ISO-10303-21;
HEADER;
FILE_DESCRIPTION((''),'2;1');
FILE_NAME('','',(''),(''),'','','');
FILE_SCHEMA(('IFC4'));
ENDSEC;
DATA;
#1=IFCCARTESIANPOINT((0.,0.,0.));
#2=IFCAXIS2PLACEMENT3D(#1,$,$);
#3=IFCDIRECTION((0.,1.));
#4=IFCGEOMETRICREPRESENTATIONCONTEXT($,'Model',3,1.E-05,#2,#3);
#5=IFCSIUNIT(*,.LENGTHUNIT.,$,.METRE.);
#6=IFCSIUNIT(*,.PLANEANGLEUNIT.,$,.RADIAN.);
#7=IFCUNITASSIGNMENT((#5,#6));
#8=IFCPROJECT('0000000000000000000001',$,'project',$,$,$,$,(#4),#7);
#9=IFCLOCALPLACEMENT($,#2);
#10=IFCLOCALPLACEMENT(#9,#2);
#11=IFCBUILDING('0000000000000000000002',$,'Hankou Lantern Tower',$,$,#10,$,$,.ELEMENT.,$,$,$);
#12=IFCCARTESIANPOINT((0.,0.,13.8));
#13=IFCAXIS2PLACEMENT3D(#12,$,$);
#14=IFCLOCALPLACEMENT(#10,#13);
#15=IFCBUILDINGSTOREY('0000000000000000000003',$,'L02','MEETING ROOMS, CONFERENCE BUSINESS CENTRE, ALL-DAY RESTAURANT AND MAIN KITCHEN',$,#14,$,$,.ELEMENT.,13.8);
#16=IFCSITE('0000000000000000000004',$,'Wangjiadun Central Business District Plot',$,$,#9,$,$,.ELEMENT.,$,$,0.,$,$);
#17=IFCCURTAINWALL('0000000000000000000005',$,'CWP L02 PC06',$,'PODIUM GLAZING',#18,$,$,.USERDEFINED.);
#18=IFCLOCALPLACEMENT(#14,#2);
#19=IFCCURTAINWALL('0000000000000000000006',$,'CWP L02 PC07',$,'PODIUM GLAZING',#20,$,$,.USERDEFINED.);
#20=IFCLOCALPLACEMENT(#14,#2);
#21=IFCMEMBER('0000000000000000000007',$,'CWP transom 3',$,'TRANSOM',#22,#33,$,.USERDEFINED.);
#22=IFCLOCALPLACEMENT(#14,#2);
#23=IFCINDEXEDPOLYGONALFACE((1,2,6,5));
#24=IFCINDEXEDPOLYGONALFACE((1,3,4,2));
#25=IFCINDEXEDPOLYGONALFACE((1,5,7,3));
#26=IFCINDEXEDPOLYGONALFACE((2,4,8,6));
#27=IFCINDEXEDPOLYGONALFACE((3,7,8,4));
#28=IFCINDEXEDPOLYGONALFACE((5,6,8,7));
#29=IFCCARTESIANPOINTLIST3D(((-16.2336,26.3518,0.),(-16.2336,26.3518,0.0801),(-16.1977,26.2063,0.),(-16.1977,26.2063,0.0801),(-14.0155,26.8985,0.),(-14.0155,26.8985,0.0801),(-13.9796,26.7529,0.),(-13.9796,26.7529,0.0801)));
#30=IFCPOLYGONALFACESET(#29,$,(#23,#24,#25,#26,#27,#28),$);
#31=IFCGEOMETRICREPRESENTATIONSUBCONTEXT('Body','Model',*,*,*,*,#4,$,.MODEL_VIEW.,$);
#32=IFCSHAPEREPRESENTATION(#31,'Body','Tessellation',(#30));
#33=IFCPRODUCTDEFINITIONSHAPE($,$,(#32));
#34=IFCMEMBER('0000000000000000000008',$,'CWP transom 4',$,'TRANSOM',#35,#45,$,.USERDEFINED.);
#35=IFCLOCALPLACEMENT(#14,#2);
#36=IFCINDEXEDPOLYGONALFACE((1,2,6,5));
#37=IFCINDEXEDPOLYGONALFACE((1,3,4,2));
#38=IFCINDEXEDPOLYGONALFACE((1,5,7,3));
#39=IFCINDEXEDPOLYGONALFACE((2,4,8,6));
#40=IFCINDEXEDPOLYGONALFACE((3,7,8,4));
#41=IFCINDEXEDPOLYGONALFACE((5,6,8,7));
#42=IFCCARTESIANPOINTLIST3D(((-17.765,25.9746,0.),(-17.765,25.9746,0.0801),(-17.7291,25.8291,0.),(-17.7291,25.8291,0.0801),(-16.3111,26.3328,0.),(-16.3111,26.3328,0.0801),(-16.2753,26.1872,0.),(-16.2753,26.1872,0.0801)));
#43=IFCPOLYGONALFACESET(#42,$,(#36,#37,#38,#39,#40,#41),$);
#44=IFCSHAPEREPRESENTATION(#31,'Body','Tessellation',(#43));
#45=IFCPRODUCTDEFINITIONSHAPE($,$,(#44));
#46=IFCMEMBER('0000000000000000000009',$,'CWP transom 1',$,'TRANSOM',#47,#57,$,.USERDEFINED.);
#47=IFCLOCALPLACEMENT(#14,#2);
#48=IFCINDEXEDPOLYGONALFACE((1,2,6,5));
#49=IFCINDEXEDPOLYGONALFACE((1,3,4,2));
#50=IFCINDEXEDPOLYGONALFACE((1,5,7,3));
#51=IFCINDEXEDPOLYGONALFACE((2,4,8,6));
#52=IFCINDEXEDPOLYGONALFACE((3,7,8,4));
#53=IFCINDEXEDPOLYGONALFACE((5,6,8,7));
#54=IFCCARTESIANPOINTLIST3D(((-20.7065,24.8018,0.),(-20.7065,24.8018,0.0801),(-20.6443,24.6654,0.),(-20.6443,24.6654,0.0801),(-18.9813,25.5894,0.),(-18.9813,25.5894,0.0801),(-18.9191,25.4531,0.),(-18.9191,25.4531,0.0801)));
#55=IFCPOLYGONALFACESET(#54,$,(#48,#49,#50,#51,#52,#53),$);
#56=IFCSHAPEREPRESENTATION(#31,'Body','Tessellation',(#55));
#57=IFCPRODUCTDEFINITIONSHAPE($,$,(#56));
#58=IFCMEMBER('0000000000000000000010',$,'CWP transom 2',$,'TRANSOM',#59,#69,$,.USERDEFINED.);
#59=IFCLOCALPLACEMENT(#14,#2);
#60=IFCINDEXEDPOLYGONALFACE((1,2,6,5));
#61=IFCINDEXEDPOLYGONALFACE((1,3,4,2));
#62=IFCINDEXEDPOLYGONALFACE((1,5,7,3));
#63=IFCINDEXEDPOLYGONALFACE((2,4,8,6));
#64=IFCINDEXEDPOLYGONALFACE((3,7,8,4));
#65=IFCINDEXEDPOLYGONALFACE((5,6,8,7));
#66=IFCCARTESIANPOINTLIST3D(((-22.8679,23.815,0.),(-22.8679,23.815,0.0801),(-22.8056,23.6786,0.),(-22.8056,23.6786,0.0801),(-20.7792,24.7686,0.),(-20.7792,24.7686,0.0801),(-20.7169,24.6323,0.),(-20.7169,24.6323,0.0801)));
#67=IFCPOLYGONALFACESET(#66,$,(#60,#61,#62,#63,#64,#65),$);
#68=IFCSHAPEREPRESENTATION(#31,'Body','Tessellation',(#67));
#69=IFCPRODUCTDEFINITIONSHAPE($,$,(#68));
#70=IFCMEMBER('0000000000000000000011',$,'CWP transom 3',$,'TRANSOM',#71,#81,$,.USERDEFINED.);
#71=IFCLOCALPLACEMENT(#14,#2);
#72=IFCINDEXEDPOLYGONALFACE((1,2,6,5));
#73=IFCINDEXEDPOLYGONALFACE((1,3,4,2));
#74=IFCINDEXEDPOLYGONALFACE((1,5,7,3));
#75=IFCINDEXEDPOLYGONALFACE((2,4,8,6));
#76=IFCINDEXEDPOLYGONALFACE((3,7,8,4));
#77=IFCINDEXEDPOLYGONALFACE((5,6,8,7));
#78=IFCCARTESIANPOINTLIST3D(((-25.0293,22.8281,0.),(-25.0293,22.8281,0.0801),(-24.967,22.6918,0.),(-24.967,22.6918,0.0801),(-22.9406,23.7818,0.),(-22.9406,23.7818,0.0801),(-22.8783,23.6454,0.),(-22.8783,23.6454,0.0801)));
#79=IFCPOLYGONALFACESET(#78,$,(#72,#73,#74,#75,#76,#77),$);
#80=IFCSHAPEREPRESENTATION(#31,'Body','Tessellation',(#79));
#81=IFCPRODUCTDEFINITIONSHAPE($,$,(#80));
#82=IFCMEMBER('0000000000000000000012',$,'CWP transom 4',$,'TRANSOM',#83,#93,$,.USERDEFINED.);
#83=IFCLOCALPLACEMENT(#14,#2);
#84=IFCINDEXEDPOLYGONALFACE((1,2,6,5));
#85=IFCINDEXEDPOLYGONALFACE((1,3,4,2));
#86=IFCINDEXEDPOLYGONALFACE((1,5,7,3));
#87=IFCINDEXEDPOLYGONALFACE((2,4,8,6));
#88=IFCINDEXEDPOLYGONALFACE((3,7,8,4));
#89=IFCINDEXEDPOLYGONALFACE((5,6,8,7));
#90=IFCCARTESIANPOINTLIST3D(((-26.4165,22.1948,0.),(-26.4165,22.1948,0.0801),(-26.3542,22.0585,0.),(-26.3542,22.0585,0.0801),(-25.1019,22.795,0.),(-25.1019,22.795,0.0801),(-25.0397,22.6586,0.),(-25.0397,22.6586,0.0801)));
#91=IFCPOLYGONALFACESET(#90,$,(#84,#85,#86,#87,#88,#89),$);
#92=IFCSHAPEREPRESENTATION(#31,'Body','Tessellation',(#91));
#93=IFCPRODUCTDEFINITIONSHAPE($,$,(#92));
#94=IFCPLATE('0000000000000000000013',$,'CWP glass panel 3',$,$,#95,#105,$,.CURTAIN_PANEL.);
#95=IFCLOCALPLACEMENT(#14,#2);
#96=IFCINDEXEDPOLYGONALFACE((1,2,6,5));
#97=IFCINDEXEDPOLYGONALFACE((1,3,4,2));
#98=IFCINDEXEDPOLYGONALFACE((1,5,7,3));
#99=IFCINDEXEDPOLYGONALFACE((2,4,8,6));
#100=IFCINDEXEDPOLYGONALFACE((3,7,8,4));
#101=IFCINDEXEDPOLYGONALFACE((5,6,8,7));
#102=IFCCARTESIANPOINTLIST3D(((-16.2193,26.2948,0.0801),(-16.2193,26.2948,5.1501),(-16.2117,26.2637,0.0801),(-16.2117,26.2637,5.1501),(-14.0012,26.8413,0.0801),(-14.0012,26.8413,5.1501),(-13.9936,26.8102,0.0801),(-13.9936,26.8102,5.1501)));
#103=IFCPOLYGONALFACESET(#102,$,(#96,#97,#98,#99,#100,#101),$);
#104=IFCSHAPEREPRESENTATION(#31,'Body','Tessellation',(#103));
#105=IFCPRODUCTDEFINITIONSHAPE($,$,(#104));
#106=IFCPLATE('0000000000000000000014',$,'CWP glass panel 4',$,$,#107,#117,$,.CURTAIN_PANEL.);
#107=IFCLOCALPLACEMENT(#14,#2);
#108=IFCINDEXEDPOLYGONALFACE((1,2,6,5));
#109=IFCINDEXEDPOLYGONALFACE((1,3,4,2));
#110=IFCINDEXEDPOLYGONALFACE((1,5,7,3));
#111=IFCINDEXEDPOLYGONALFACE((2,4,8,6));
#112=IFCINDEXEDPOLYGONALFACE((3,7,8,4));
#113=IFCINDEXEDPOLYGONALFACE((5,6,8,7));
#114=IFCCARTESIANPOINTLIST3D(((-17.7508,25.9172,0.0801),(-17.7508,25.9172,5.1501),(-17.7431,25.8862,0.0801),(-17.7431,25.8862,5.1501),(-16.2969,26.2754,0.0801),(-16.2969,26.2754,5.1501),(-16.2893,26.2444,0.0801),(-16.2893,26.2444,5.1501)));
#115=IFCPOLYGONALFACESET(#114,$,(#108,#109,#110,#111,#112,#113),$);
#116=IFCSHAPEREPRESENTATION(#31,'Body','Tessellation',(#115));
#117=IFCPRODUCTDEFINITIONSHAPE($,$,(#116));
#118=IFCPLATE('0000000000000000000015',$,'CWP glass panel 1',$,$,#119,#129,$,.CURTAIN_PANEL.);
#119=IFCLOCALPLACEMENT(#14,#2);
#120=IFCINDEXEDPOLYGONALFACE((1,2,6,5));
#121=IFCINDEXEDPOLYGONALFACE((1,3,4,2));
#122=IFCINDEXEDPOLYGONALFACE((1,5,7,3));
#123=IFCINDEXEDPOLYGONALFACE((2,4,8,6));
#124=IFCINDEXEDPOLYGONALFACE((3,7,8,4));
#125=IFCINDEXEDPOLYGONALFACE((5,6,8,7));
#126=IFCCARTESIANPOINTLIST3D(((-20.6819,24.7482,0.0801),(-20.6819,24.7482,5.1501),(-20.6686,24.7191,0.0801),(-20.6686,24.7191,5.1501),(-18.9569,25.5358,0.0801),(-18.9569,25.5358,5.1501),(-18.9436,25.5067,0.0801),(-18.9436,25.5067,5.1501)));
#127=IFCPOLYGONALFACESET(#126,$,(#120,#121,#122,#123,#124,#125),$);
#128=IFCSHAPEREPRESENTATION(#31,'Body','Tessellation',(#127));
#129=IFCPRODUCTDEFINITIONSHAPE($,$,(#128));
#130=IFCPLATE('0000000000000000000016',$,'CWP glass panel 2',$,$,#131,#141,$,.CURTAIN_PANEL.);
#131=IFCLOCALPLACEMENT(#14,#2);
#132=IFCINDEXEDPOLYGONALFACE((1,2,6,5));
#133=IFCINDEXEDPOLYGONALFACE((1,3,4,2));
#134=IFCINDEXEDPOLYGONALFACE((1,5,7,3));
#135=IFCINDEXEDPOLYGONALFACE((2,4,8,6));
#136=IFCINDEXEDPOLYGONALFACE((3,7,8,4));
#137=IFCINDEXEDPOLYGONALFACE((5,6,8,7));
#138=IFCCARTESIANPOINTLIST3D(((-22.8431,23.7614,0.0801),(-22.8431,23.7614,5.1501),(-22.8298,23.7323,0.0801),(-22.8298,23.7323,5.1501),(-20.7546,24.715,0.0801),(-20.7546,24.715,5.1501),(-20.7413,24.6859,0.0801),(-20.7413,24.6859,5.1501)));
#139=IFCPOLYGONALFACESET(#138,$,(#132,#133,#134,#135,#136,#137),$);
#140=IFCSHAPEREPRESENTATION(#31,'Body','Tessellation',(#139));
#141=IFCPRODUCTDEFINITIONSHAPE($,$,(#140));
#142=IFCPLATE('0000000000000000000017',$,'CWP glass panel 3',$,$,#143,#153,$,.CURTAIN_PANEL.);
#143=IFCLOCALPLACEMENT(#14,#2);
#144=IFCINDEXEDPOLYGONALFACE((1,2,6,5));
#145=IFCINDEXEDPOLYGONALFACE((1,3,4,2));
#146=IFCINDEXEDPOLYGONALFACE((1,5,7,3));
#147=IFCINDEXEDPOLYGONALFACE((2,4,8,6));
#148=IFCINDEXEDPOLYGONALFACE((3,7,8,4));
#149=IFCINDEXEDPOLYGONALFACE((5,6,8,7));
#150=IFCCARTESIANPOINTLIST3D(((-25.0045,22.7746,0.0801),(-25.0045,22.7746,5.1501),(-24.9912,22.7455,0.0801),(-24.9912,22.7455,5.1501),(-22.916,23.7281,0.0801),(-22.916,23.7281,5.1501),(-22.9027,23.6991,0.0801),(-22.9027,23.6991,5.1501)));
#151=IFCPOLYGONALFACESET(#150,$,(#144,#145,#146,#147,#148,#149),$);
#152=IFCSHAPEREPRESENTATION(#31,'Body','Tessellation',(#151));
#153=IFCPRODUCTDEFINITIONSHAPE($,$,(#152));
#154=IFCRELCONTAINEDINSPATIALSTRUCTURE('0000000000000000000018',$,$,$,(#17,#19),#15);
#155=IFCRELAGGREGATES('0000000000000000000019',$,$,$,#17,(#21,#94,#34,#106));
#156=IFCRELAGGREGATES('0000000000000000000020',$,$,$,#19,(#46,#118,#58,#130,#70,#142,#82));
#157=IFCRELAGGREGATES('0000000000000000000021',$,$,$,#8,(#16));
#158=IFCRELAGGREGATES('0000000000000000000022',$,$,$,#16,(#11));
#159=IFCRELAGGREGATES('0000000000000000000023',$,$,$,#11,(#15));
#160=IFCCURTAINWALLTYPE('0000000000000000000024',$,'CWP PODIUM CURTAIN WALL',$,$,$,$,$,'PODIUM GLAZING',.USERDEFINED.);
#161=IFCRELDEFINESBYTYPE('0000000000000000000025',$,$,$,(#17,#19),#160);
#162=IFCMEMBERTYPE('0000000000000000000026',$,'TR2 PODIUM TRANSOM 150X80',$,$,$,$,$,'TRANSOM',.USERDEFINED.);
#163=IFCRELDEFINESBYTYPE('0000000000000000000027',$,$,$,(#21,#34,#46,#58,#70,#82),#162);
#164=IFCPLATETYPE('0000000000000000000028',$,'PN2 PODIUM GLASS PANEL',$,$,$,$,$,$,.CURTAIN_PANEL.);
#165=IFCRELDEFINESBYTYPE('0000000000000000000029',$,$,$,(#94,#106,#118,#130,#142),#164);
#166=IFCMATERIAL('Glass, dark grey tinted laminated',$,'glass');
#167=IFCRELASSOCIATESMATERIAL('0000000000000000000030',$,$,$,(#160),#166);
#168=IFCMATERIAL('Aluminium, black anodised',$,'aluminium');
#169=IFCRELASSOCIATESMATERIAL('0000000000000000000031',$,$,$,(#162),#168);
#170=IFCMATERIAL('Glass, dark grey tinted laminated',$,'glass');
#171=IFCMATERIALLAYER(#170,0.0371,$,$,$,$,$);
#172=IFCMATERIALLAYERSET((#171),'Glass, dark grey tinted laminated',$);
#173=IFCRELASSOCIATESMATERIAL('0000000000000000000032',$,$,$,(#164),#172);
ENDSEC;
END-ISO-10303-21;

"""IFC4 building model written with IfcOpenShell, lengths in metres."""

from ifc_helpers import new_model, si_unit, direction, frame, origin, origin_2d, place, context, subcontext, project, spatial, rectangle, extrude, material, layer, layer_set, material_profile, profile_set, type_object, element, aggregate, save


model = new_model("IFC4")

# Units and contexts
model_context = context("Model", 3, precision=1e-05, world=origin(), true_north=direction((0.0, 1.0)))
body_context = subcontext(model_context, "Body", "Model", "MODEL_VIEW")
ifc_project = project(units=[si_unit("LENGTHUNIT", "METRE"), si_unit("PLANEANGLEUNIT", "RADIAN")], contexts=[model_context])

# Site, building, storey
site_placement = place(None, origin())
site = spatial("IfcSite", under=ifc_project, at=site_placement, Name="Wangjiadun Central Business District Plot", CompositionType="ELEMENT", RefElevation=0.0)
building_placement = place(site_placement, origin())
building = spatial("IfcBuilding", under=site, at=building_placement, Name="Hankou Lantern Tower", CompositionType="ELEMENT")
storey_placement = place(building_placement, frame((0.0, 0.0, 13.8)))
storey = spatial("IfcBuildingStorey", under=building, at=storey_placement, Name="L02", Description="MEETING ROOMS, CONFERENCE BUSINESS CENTRE, ALL-DAY RESTAURANT AND MAIN KITCHEN", CompositionType="ELEMENT", Elevation=13.8)

# Curtain walls
ifc_material_1 = material(Name="Glass, dark grey tinted laminated", Category="glass")
curtain_wall_type = type_object("IfcCurtainWallType", Name="CWP PODIUM CURTAIN WALL", ElementType="PODIUM GLAZING", PredefinedType="USERDEFINED", material=ifc_material_1)
curtain_wall_1_placement = place(storey_placement, origin())
curtain_wall_1 = element("IfcCurtainWall", 1, at=curtain_wall_1_placement, inside=storey, type_object=curtain_wall_type, Name="CWP L02 PC06", ObjectType="PODIUM GLAZING", PredefinedType="USERDEFINED")
curtain_wall_2_placement = place(storey_placement, origin())
curtain_wall_2 = element("IfcCurtainWall", 2, at=curtain_wall_2_placement, inside=storey, type_object=curtain_wall_type, Name="CWP L02 PC07", ObjectType="PODIUM GLAZING", PredefinedType="USERDEFINED")

# Members
ifc_material_2 = material(Name="Aluminium, black anodised", Category="aluminium")
ifc_material_profile_1 = material_profile(ifc_material_2, rectangle(XDim=0.1499, YDim=0.0801, at=origin_2d()), Name="TR2 150X80")
ifc_profile_set_1 = profile_set([ifc_material_profile_1], Name="Aluminium, black anodised")
member_type_1 = type_object("IfcMemberType", Name="TR2 PODIUM TRANSOM 150X80", ElementType="TRANSOM", PredefinedType="USERDEFINED", material=ifc_profile_set_1)
member_1_placement = place(storey_placement, frame((-13.9976, 26.8257, 0.04), z_axis=(-0.970948, -0.23929, 0.0), x_axis=(0.23929, -0.970948, 0.0)))
member_1 = element("IfcMember", 3, at=member_1_placement, type_object=member_type_1, Name="CWP transom 3", ObjectType="TRANSOM", PredefinedType="USERDEFINED", context=body_context, shape_type="SweptSolid", body=[
    extrude(rectangle(XDim=0.1499, YDim=0.0801, at=origin_2d()), origin(), (0.0, 0.0, 1.0), 2.2844),
])
member_2_placement = place(storey_placement, frame((-16.2932, 26.26, 0.04), z_axis=(-0.970971, -0.239196, 0.0), x_axis=(0.239196, -0.970971, 0.0)))
member_2 = element("IfcMember", 4, at=member_2_placement, type_object=member_type_1, Name="CWP transom 4", ObjectType="TRANSOM", PredefinedType="USERDEFINED", context=body_context, shape_type="SweptSolid", body=[
    extrude(rectangle(XDim=0.1499, YDim=0.0801, at=origin_2d()), origin(), (0.0, 0.0, 1.0), 1.4973),
])
member_3_placement = place(storey_placement, frame((-18.9502, 25.5212, 0.04), z_axis=(-0.909677, -0.415316, 0.0), x_axis=(0.415316, -0.909677, 0.0)))
member_3 = element("IfcMember", 5, at=member_3_placement, type_object=member_type_1, Name="CWP transom 1", ObjectType="TRANSOM", PredefinedType="USERDEFINED", context=body_context, shape_type="SweptSolid", body=[
    extrude(rectangle(XDim=0.1499, YDim=0.0801, at=origin_2d()), origin(), (0.0, 0.0, 1.0), 1.8965),
])
member_4_placement = place(storey_placement, frame((-20.748, 24.7004, 0.04), z_axis=(-0.90967, -0.415333, 0.0), x_axis=(0.415333, -0.90967, 0.0)))
member_4 = element("IfcMember", 6, at=member_4_placement, type_object=member_type_1, Name="CWP transom 2", ObjectType="TRANSOM", PredefinedType="USERDEFINED", context=body_context, shape_type="SweptSolid", body=[
    extrude(rectangle(XDim=0.1499, YDim=0.0801, at=origin_2d()), origin(), (0.0, 0.0, 1.0), 2.2961),
])
member_5_placement = place(storey_placement, frame((-22.9094, 23.7136, 0.04), z_axis=(-0.90967, -0.415333, 0.0), x_axis=(0.415333, -0.90967, 0.0)))
member_5 = element("IfcMember", 7, at=member_5_placement, type_object=member_type_1, Name="CWP transom 3", ObjectType="TRANSOM", PredefinedType="USERDEFINED", context=body_context, shape_type="SweptSolid", body=[
    extrude(rectangle(XDim=0.1499, YDim=0.0801, at=origin_2d()), origin(), (0.0, 0.0, 1.0), 2.2961),
])
member_6_placement = place(storey_placement, frame((-25.0708, 22.7268, 0.04), z_axis=(-0.909682, -0.415305, 0.0), x_axis=(0.415305, -0.909682, 0.0)))
member_6 = element("IfcMember", 8, at=member_6_placement, type_object=member_type_1, Name="CWP transom 4", ObjectType="TRANSOM", PredefinedType="USERDEFINED", context=body_context, shape_type="SweptSolid", body=[
    extrude(rectangle(XDim=0.1499, YDim=0.0801, at=origin_2d()), origin(), (0.0, 0.0, 1.0), 1.4451),
])

# Plates
ifc_material_3 = material(Name="Glass, dark grey tinted laminated", Category="glass")
ifc_layer = layer(ifc_material_3, 0.0371)
ifc_layer_set = layer_set([ifc_layer], Name="Glass, dark grey tinted laminated")
plate_type = type_object("IfcPlateType", Name="PN2 PODIUM GLASS PANEL", PredefinedType="CURTAIN_PANEL", material=ifc_layer_set)
plate_1_placement = place(storey_placement, frame((-15.1064, 26.5525, 0.0801), z_axis=(0.0, 0.0, 1.0), x_axis=(-0.970961, -0.239238, 0.0)))
plate_1 = element("IfcPlate", 9, at=plate_1_placement, type_object=plate_type, Name="CWP glass panel 3", PredefinedType="CURTAIN_PANEL", context=body_context, shape_type="SweptSolid", body=[
    extrude(rectangle(XDim=2.2844, YDim=0.032, at=origin_2d()), origin(), (0.0, 0.0, 1.0), 5.0701),
])
plate_2_placement = place(storey_placement, frame((-17.02, 26.0808, 0.0801), z_axis=(0.0, 0.0, 1.0), x_axis=(-0.970961, -0.239238, 0.0)))
plate_2 = element("IfcPlate", 10, at=plate_2_placement, type_object=plate_type, Name="CWP glass panel 4", PredefinedType="CURTAIN_PANEL", context=body_context, shape_type="SweptSolid", body=[
    extrude(rectangle(XDim=1.4973, YDim=0.032, at=origin_2d()), origin(), (0.0, 0.0, 1.0), 5.0701),
])
aggregate(curtain_wall_1, [member_1, plate_1, member_2, plate_2])
plate_3_placement = place(storey_placement, frame((-19.8127, 25.1274, 0.0801), z_axis=(0.0, 0.0, 1.0), x_axis=(-0.90967, -0.415332, 0.0)))
plate_3 = element("IfcPlate", 11, at=plate_3_placement, type_object=plate_type, Name="CWP glass panel 1", PredefinedType="CURTAIN_PANEL", context=body_context, shape_type="SweptSolid", body=[
    extrude(rectangle(XDim=1.8962, YDim=0.032, at=origin_2d()), origin(), (0.0, 0.0, 1.0), 5.0701),
])
plate_4_placement = place(storey_placement, frame((-21.7922, 24.2236, 0.0801), z_axis=(0.0, 0.0, 1.0), x_axis=(-0.90967, -0.415332, 0.0)))
plate_4 = element("IfcPlate", 12, at=plate_4_placement, type_object=plate_type, Name="CWP glass panel 2", PredefinedType="CURTAIN_PANEL", context=body_context, shape_type="SweptSolid", body=[
    extrude(rectangle(XDim=2.2959, YDim=0.032, at=origin_2d()), origin(), (0.0, 0.0, 1.0), 5.0701),
])
plate_5_placement = place(storey_placement, frame((-23.9536, 23.2368, 0.0801), z_axis=(0.0, 0.0, 1.0), x_axis=(-0.90967, -0.415332, 0.0)))
plate_5 = element("IfcPlate", 13, at=plate_5_placement, type_object=plate_type, Name="CWP glass panel 3", PredefinedType="CURTAIN_PANEL", context=body_context, shape_type="SweptSolid", body=[
    extrude(rectangle(XDim=2.2959, YDim=0.032, at=origin_2d()), origin(), (0.0, 0.0, 1.0), 5.0701),
])
aggregate(curtain_wall_2, [member_3, plate_3, member_4, plate_4, member_5, plate_5, member_6])

save(model, "model.ifc")
